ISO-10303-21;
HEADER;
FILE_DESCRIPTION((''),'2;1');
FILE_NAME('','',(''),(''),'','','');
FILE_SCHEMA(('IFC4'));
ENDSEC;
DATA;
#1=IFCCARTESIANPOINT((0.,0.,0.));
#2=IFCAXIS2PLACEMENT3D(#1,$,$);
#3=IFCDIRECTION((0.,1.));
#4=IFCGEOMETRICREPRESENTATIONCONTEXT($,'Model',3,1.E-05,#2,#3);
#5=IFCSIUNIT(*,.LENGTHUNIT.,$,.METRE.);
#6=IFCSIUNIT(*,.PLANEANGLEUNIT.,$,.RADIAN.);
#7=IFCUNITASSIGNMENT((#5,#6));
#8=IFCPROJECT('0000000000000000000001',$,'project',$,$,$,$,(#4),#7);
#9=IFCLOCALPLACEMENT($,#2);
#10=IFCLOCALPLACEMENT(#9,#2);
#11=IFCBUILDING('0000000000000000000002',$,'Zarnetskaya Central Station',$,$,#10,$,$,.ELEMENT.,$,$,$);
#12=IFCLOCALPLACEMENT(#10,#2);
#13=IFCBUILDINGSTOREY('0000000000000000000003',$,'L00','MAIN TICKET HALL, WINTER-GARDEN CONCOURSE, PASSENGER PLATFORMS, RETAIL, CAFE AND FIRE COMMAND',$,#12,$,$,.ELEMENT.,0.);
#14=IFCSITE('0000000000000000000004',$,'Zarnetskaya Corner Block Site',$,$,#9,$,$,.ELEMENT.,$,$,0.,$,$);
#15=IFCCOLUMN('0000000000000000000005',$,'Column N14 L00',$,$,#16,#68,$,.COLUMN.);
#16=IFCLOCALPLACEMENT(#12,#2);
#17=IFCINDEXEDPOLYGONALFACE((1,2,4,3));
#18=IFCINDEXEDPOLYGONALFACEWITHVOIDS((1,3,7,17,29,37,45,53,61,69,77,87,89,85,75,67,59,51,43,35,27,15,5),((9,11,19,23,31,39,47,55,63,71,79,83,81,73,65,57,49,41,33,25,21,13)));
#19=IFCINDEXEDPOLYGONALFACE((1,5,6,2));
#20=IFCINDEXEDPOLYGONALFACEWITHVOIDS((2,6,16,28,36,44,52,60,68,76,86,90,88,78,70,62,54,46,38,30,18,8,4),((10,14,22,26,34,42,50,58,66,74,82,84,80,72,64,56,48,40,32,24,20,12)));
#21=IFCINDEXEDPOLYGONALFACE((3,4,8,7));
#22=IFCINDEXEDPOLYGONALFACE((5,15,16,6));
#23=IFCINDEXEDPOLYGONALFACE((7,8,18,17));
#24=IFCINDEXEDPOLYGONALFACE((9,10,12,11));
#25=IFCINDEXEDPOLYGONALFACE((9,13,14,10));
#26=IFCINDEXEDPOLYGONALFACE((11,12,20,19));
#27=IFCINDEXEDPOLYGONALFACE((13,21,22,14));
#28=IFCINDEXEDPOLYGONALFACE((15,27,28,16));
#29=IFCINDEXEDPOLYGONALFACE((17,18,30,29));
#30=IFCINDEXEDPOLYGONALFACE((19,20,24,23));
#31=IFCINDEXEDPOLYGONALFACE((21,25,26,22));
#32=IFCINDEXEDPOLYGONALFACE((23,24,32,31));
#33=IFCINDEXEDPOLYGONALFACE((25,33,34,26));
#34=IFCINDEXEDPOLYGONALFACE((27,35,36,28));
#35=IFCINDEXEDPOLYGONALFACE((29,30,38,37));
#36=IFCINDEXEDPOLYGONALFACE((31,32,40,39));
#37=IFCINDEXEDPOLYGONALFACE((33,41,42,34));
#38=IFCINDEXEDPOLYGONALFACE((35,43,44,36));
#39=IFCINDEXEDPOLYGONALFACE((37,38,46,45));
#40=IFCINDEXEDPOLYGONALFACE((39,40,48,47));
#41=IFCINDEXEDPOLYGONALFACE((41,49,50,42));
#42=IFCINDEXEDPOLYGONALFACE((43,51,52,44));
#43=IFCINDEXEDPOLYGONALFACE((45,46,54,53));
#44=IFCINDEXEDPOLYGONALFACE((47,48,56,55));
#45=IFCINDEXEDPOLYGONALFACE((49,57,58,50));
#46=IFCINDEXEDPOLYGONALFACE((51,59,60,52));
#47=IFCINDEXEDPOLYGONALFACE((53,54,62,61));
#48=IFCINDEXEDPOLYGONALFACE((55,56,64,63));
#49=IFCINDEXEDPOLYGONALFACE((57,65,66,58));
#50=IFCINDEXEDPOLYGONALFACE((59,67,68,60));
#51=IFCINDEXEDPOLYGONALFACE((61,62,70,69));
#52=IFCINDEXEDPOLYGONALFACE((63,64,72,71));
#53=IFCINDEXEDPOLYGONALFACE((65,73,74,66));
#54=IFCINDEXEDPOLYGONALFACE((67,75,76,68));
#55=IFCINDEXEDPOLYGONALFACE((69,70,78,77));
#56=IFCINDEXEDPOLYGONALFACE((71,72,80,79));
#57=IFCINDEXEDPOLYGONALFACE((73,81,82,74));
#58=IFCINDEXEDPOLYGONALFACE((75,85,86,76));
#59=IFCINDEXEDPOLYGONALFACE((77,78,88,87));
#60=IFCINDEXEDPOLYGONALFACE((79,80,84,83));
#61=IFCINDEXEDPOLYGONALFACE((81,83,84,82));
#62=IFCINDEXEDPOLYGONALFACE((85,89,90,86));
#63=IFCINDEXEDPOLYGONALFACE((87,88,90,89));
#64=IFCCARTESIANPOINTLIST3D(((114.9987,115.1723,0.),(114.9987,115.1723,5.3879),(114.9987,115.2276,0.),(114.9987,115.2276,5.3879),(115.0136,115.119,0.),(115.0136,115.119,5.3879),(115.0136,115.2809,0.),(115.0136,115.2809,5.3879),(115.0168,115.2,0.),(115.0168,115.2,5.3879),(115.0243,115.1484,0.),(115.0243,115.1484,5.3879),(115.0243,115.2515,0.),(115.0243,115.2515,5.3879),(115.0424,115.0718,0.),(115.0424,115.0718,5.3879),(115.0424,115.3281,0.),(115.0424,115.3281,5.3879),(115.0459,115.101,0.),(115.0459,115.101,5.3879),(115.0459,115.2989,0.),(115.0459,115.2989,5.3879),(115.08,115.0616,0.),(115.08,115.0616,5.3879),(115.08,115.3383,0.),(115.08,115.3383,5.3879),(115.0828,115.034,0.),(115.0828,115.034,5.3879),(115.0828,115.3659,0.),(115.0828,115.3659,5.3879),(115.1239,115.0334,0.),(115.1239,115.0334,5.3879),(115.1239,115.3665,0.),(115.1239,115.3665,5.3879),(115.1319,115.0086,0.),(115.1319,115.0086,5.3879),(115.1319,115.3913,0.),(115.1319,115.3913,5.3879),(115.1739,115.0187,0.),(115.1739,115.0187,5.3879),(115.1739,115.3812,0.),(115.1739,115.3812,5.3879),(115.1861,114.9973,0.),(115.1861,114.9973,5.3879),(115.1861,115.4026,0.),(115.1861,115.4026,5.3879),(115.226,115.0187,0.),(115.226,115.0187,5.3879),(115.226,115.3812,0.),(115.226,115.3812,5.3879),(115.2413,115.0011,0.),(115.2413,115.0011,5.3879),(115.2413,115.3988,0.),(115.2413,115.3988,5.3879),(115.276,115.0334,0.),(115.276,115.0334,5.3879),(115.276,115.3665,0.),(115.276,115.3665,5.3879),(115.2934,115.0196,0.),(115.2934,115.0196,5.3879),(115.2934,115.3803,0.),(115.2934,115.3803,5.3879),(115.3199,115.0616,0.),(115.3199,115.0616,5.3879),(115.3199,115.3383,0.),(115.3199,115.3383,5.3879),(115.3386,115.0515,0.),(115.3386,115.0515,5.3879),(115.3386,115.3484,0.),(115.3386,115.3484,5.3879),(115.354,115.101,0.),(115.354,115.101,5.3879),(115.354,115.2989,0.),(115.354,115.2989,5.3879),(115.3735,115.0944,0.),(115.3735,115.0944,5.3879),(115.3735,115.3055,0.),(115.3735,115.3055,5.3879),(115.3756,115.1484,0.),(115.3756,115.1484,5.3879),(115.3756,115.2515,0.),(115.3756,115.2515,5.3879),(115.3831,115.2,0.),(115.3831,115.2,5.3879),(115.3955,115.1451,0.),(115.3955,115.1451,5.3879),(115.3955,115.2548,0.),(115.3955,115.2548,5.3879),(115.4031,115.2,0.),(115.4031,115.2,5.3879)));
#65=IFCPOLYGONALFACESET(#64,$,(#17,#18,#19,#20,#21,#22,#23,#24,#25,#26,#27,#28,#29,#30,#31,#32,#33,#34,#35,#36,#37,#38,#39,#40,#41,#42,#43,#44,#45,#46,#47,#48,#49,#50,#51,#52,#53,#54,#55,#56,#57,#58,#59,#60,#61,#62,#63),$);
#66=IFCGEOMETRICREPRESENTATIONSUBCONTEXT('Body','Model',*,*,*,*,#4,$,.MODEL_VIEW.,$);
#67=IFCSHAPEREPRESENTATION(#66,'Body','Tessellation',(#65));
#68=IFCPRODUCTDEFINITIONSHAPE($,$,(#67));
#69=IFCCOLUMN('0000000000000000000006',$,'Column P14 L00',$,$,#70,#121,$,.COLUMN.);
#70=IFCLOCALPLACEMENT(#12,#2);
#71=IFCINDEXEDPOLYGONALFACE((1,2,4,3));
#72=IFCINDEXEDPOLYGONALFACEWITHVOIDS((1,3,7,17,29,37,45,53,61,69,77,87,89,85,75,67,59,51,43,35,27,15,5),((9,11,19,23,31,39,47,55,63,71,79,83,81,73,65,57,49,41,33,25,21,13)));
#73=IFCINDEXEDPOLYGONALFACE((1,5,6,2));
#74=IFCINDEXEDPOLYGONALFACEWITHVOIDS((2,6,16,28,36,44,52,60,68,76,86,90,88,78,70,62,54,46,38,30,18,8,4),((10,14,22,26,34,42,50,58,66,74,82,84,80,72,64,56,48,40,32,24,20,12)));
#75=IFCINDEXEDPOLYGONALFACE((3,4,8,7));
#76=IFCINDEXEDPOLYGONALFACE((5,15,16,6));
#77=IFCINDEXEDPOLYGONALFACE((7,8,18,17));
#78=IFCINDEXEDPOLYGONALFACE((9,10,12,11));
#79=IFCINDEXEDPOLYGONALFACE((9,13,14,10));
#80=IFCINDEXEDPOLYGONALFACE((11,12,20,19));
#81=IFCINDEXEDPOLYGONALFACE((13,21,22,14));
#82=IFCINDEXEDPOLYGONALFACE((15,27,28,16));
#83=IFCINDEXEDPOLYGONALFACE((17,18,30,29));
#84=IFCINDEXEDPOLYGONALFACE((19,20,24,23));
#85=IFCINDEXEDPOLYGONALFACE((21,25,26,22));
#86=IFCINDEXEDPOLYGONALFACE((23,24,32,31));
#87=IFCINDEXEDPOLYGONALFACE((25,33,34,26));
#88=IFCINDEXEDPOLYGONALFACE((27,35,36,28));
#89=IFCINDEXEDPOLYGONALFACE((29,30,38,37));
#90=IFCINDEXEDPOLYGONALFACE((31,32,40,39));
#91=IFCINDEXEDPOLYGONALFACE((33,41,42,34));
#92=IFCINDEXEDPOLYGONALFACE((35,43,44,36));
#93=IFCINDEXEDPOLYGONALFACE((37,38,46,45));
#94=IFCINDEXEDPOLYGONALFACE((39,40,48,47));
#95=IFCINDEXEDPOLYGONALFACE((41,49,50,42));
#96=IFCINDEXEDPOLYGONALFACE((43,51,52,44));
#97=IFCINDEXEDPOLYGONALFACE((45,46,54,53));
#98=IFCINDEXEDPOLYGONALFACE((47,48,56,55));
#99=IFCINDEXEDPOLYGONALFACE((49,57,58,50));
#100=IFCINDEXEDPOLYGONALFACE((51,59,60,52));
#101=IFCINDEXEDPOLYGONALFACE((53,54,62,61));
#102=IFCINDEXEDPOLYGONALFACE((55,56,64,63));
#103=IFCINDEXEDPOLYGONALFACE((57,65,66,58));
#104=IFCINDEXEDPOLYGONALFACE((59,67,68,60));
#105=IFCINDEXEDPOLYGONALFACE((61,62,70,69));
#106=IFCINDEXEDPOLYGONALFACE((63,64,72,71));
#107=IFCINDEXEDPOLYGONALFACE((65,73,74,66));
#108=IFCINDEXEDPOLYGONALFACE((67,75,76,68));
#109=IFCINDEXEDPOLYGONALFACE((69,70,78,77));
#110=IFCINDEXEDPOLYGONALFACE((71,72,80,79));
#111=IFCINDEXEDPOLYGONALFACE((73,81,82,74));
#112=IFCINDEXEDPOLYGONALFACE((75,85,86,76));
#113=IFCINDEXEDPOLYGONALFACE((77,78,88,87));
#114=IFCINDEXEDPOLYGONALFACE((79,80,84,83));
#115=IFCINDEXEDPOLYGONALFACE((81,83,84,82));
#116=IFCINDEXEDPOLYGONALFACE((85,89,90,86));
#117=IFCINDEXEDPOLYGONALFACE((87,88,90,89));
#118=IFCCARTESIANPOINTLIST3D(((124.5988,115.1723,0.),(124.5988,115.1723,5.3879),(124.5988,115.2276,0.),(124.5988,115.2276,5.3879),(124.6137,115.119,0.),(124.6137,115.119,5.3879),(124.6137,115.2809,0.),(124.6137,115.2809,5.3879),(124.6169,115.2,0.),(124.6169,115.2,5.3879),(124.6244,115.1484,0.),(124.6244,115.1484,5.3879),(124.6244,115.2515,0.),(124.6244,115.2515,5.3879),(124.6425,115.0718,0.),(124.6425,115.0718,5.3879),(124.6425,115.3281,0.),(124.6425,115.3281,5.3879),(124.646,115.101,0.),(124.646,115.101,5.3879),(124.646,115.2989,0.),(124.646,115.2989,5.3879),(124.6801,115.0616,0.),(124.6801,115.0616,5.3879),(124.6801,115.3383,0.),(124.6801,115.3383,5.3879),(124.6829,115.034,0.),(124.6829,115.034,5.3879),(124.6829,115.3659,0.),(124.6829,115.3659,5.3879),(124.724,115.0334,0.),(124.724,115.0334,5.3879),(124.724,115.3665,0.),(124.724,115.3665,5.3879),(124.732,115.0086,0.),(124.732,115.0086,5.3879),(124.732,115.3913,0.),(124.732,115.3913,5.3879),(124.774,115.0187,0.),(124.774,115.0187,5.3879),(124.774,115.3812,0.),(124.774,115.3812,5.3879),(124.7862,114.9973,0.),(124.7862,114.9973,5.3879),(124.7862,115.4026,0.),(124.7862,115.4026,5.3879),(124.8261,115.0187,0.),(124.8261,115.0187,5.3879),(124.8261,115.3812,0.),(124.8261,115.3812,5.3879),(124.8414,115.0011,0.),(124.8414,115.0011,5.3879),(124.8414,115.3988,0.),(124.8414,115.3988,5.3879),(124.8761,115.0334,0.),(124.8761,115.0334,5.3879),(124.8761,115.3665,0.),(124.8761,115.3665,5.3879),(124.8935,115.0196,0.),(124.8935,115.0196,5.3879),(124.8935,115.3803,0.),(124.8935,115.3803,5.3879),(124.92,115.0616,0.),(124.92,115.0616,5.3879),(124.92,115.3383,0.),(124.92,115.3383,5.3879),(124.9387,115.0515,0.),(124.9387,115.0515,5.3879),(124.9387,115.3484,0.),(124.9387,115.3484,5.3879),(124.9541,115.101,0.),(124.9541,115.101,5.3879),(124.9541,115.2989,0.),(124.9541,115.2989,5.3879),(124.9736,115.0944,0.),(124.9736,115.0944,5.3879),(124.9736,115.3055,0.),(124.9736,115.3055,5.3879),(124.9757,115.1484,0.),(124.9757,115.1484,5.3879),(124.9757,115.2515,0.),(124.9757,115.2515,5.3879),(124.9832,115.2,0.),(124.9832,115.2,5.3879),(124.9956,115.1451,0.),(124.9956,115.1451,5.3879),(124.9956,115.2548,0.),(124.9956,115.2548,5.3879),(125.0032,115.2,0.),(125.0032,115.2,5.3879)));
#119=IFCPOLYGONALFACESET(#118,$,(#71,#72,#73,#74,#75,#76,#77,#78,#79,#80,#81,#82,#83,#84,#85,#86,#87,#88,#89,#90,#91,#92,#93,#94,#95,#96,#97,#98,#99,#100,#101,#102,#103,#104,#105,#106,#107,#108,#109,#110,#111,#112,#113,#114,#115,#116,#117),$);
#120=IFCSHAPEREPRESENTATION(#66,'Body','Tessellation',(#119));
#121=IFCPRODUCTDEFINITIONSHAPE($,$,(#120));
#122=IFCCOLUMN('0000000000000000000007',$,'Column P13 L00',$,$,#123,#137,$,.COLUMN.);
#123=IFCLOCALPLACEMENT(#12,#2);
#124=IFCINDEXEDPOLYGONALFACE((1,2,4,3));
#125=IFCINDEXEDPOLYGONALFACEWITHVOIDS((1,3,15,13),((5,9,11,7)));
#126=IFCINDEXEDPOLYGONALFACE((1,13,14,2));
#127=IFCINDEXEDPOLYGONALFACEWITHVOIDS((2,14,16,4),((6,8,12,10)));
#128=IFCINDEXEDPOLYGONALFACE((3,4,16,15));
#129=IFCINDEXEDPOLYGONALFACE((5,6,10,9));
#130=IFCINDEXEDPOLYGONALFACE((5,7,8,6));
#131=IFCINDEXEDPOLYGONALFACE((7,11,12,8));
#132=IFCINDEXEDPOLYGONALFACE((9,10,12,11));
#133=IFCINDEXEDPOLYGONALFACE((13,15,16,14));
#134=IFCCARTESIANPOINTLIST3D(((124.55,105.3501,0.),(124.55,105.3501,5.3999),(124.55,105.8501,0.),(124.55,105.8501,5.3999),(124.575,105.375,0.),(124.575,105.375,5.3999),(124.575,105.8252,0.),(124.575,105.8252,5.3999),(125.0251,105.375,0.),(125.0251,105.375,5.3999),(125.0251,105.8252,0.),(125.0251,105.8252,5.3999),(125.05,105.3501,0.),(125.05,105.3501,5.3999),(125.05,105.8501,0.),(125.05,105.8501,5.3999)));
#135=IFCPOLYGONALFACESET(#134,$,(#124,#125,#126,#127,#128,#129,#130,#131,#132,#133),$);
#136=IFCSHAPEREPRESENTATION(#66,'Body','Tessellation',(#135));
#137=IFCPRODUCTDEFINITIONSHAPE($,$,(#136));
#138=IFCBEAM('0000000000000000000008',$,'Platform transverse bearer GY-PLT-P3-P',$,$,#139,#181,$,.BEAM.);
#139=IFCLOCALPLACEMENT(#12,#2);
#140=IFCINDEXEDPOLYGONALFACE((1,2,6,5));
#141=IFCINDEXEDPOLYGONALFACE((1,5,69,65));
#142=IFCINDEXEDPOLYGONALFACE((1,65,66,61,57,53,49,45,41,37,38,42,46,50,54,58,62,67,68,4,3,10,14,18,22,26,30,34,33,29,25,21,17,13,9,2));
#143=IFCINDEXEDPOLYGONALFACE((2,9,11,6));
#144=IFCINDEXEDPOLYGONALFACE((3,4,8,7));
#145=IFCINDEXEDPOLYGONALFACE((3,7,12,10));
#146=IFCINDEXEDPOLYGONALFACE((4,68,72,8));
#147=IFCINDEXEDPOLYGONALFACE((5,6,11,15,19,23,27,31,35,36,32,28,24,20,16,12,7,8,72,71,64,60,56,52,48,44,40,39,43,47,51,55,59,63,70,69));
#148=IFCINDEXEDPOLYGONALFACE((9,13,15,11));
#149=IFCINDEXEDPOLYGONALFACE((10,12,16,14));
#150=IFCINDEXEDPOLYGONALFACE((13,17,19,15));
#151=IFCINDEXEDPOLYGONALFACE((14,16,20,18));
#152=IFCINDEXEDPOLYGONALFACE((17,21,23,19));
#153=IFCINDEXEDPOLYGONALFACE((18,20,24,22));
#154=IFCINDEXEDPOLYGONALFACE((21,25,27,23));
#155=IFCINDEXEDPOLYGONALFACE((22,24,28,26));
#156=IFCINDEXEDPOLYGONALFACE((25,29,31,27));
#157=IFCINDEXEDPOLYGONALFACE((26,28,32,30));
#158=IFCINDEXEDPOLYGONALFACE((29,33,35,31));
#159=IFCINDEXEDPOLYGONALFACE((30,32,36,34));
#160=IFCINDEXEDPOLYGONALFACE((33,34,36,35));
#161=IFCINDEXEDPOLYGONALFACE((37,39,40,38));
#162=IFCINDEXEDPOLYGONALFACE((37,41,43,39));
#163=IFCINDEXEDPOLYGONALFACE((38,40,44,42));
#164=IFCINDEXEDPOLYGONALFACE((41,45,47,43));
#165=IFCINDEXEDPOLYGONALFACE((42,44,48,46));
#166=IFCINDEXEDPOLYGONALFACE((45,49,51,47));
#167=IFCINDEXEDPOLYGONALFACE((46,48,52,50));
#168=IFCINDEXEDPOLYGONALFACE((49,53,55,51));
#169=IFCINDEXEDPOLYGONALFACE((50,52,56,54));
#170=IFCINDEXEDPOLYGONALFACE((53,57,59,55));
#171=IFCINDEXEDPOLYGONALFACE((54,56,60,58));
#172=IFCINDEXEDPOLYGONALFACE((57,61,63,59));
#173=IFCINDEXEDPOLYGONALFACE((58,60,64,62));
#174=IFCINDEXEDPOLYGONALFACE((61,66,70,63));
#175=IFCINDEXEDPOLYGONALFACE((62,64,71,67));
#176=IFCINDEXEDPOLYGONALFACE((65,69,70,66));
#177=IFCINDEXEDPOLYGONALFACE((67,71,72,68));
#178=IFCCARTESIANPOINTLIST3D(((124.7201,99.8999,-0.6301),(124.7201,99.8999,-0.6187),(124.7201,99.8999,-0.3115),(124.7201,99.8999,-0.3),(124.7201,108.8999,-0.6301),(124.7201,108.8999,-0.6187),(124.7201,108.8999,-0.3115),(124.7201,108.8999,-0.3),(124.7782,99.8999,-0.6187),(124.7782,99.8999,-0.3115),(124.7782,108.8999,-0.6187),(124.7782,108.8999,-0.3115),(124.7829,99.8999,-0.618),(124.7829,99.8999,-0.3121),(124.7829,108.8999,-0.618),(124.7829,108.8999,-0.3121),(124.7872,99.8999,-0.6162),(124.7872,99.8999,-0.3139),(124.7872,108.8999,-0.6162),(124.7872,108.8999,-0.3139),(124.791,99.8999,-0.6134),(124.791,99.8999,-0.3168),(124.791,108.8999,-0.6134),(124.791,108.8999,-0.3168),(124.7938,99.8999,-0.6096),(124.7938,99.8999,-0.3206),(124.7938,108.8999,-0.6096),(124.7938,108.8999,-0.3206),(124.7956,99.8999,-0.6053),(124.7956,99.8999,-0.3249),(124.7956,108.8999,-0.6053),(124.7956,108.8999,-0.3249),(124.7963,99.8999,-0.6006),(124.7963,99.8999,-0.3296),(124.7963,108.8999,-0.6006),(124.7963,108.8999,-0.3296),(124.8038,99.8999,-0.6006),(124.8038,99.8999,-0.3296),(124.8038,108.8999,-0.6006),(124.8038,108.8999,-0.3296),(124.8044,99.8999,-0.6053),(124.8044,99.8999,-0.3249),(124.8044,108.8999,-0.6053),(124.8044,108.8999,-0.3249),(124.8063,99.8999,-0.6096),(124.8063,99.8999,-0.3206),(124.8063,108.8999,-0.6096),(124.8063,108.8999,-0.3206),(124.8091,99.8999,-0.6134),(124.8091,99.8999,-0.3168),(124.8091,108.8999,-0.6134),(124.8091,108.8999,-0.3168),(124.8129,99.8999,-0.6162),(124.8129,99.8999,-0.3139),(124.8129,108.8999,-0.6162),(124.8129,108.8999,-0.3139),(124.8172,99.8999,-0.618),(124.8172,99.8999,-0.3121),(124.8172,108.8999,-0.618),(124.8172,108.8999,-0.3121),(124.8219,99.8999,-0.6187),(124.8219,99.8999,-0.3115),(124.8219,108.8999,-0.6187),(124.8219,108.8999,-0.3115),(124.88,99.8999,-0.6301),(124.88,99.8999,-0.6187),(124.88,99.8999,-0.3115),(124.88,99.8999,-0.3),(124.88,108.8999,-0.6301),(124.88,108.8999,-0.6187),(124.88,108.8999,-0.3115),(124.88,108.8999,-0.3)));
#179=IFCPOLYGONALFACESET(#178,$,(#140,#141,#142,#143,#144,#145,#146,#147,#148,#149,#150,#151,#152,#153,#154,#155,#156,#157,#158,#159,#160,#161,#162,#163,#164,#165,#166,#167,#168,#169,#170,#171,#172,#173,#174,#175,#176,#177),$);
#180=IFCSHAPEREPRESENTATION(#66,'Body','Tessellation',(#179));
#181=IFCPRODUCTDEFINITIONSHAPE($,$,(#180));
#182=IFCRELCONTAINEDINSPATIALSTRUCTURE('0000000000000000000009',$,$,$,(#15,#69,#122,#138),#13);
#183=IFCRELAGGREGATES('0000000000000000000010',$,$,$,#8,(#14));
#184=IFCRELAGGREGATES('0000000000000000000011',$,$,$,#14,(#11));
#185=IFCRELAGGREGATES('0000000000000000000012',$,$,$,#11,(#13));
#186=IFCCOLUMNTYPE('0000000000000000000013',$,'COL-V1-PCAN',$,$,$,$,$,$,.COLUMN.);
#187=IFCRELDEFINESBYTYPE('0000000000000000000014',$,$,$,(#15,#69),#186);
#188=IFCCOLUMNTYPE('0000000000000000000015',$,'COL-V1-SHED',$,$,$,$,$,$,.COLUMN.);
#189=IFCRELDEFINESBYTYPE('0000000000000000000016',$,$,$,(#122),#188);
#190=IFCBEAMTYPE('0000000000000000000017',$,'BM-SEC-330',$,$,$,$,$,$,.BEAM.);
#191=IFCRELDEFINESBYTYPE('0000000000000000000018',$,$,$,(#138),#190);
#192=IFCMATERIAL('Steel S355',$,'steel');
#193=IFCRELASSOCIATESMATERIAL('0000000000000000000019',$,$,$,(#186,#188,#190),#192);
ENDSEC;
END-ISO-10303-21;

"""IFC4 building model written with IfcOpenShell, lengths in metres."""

from ifc_helpers import new_model, si_unit, direction, frame, origin, origin_2d, place, context, subcontext, project, spatial, hollow_rectangle, hollow_circle, i_section, extrude, material, material_profile, profile_set, type_object, element, save


model = new_model("IFC4")

# Units and contexts
model_context = context("Model", 3, precision=1e-05, world=origin(), true_north=direction((0.0, 1.0)))
body_context = subcontext(model_context, "Body", "Model", "MODEL_VIEW")
ifc_project = project(units=[si_unit("LENGTHUNIT", "METRE"), si_unit("PLANEANGLEUNIT", "RADIAN")], contexts=[model_context])

# Site, building, storey
site_placement = place(None, origin())
site = spatial("IfcSite", under=ifc_project, at=site_placement, Name="Zarnetskaya Corner Block Site", CompositionType="ELEMENT", RefElevation=0.0)
building_placement = place(site_placement, origin())
building = spatial("IfcBuilding", under=site, at=building_placement, Name="Zarnetskaya Central Station", CompositionType="ELEMENT")
storey_placement = place(building_placement, origin())
storey = spatial("IfcBuildingStorey", under=building, at=storey_placement, Name="L00", Description="MAIN TICKET HALL, WINTER-GARDEN CONCOURSE, PASSENGER PLATFORMS, RETAIL, CAFE AND FIRE COMMAND", CompositionType="ELEMENT", Elevation=0.0)

# Columns
ifc_material = material(Name="Steel S355", Category="steel")
ifc_material_profile_1 = material_profile(ifc_material, hollow_circle(Radius=0.2031, WallThickness=0.02, at=origin_2d()), Name="CHS 406.4x20")
ifc_profile_set_1 = profile_set([ifc_material_profile_1], Name="Steel S355")
column_type_1 = type_object("IfcColumnType", Name="COL-V1-PCAN", PredefinedType="COLUMN", material=ifc_profile_set_1)
for number, where, z_axis, x_axis, name in (
    (1, (115.2, 115.2, 0.0), (0.0, 0.0, 1.0), (1.0, 0.0, 0.0), "Column N14 L00"),
    (2, (124.8, 115.2, 0.0), (0.0, 0.0, 1.0), (1.0, 0.0, 0.0), "Column P14 L00"),
):
    element("IfcColumn", number, at=place(storey_placement, frame(where, z_axis=z_axis, x_axis=x_axis)), inside=storey, type_object=column_type_1, Name=name, PredefinedType="COLUMN", context=body_context, shape_type="SweptSolid", body=[
        extrude(hollow_circle(Radius=0.2031, WallThickness=0.02, at=origin_2d()), origin(), (0.0, 0.0, 1.0), 5.3879),
    ])
ifc_material_profile_2 = material_profile(ifc_material, hollow_rectangle(XDim=0.5, YDim=0.5, WallThickness=0.0249, at=origin_2d()), Name="BOX 500x500x25")
ifc_profile_set_2 = profile_set([ifc_material_profile_2], Name="Steel S355")
column_type_2 = type_object("IfcColumnType", Name="COL-V1-SHED", PredefinedType="COLUMN", material=ifc_profile_set_2)
column_placement = place(storey_placement, frame((124.8, 105.6001, 0.0), z_axis=(0.0, 0.0, 1.0), x_axis=(1.0, 0.0, 0.0)))
element("IfcColumn", 3, at=column_placement, inside=storey, type_object=column_type_2, Name="Column P13 L00", PredefinedType="COLUMN", context=body_context, shape_type="SweptSolid", body=[
    extrude(hollow_rectangle(XDim=0.5, YDim=0.5, WallThickness=0.0249, at=origin_2d()), origin(), (0.0, 0.0, 1.0), 5.3999),
])

# Beam
ifc_material_profile_3 = material_profile(ifc_material, i_section(OverallWidth=0.1599, OverallDepth=0.3301, WebThickness=0.0076, FlangeThickness=0.0115, FilletRadius=0.0181, at=origin_2d()), Name="IPE 330")
ifc_profile_set_3 = profile_set([ifc_material_profile_3], Name="Steel S355")
beam_type_1 = type_object("IfcBeamType", Name="BM-SEC-330", PredefinedType="BEAM", material=ifc_profile_set_3)
beam_1_placement = place(storey_placement, frame((124.8, 99.8999, -0.4651), z_axis=(0.0, 1.0, 0.0), x_axis=(-1.0, 0.0, 0.0)))
element("IfcBeam", 4, at=beam_1_placement, inside=storey, type_object=beam_type_1, Name="Platform transverse bearer GY-PLT-P3-P", PredefinedType="BEAM", context=body_context, shape_type="SweptSolid", body=[
    extrude(i_section(OverallWidth=0.1599, OverallDepth=0.3301, WebThickness=0.0076, FlangeThickness=0.0115, FilletRadius=0.0181, at=origin_2d()), origin(), (0.0, 0.0, 1.0), 9.0),
])

save(model, "model.ifc")
